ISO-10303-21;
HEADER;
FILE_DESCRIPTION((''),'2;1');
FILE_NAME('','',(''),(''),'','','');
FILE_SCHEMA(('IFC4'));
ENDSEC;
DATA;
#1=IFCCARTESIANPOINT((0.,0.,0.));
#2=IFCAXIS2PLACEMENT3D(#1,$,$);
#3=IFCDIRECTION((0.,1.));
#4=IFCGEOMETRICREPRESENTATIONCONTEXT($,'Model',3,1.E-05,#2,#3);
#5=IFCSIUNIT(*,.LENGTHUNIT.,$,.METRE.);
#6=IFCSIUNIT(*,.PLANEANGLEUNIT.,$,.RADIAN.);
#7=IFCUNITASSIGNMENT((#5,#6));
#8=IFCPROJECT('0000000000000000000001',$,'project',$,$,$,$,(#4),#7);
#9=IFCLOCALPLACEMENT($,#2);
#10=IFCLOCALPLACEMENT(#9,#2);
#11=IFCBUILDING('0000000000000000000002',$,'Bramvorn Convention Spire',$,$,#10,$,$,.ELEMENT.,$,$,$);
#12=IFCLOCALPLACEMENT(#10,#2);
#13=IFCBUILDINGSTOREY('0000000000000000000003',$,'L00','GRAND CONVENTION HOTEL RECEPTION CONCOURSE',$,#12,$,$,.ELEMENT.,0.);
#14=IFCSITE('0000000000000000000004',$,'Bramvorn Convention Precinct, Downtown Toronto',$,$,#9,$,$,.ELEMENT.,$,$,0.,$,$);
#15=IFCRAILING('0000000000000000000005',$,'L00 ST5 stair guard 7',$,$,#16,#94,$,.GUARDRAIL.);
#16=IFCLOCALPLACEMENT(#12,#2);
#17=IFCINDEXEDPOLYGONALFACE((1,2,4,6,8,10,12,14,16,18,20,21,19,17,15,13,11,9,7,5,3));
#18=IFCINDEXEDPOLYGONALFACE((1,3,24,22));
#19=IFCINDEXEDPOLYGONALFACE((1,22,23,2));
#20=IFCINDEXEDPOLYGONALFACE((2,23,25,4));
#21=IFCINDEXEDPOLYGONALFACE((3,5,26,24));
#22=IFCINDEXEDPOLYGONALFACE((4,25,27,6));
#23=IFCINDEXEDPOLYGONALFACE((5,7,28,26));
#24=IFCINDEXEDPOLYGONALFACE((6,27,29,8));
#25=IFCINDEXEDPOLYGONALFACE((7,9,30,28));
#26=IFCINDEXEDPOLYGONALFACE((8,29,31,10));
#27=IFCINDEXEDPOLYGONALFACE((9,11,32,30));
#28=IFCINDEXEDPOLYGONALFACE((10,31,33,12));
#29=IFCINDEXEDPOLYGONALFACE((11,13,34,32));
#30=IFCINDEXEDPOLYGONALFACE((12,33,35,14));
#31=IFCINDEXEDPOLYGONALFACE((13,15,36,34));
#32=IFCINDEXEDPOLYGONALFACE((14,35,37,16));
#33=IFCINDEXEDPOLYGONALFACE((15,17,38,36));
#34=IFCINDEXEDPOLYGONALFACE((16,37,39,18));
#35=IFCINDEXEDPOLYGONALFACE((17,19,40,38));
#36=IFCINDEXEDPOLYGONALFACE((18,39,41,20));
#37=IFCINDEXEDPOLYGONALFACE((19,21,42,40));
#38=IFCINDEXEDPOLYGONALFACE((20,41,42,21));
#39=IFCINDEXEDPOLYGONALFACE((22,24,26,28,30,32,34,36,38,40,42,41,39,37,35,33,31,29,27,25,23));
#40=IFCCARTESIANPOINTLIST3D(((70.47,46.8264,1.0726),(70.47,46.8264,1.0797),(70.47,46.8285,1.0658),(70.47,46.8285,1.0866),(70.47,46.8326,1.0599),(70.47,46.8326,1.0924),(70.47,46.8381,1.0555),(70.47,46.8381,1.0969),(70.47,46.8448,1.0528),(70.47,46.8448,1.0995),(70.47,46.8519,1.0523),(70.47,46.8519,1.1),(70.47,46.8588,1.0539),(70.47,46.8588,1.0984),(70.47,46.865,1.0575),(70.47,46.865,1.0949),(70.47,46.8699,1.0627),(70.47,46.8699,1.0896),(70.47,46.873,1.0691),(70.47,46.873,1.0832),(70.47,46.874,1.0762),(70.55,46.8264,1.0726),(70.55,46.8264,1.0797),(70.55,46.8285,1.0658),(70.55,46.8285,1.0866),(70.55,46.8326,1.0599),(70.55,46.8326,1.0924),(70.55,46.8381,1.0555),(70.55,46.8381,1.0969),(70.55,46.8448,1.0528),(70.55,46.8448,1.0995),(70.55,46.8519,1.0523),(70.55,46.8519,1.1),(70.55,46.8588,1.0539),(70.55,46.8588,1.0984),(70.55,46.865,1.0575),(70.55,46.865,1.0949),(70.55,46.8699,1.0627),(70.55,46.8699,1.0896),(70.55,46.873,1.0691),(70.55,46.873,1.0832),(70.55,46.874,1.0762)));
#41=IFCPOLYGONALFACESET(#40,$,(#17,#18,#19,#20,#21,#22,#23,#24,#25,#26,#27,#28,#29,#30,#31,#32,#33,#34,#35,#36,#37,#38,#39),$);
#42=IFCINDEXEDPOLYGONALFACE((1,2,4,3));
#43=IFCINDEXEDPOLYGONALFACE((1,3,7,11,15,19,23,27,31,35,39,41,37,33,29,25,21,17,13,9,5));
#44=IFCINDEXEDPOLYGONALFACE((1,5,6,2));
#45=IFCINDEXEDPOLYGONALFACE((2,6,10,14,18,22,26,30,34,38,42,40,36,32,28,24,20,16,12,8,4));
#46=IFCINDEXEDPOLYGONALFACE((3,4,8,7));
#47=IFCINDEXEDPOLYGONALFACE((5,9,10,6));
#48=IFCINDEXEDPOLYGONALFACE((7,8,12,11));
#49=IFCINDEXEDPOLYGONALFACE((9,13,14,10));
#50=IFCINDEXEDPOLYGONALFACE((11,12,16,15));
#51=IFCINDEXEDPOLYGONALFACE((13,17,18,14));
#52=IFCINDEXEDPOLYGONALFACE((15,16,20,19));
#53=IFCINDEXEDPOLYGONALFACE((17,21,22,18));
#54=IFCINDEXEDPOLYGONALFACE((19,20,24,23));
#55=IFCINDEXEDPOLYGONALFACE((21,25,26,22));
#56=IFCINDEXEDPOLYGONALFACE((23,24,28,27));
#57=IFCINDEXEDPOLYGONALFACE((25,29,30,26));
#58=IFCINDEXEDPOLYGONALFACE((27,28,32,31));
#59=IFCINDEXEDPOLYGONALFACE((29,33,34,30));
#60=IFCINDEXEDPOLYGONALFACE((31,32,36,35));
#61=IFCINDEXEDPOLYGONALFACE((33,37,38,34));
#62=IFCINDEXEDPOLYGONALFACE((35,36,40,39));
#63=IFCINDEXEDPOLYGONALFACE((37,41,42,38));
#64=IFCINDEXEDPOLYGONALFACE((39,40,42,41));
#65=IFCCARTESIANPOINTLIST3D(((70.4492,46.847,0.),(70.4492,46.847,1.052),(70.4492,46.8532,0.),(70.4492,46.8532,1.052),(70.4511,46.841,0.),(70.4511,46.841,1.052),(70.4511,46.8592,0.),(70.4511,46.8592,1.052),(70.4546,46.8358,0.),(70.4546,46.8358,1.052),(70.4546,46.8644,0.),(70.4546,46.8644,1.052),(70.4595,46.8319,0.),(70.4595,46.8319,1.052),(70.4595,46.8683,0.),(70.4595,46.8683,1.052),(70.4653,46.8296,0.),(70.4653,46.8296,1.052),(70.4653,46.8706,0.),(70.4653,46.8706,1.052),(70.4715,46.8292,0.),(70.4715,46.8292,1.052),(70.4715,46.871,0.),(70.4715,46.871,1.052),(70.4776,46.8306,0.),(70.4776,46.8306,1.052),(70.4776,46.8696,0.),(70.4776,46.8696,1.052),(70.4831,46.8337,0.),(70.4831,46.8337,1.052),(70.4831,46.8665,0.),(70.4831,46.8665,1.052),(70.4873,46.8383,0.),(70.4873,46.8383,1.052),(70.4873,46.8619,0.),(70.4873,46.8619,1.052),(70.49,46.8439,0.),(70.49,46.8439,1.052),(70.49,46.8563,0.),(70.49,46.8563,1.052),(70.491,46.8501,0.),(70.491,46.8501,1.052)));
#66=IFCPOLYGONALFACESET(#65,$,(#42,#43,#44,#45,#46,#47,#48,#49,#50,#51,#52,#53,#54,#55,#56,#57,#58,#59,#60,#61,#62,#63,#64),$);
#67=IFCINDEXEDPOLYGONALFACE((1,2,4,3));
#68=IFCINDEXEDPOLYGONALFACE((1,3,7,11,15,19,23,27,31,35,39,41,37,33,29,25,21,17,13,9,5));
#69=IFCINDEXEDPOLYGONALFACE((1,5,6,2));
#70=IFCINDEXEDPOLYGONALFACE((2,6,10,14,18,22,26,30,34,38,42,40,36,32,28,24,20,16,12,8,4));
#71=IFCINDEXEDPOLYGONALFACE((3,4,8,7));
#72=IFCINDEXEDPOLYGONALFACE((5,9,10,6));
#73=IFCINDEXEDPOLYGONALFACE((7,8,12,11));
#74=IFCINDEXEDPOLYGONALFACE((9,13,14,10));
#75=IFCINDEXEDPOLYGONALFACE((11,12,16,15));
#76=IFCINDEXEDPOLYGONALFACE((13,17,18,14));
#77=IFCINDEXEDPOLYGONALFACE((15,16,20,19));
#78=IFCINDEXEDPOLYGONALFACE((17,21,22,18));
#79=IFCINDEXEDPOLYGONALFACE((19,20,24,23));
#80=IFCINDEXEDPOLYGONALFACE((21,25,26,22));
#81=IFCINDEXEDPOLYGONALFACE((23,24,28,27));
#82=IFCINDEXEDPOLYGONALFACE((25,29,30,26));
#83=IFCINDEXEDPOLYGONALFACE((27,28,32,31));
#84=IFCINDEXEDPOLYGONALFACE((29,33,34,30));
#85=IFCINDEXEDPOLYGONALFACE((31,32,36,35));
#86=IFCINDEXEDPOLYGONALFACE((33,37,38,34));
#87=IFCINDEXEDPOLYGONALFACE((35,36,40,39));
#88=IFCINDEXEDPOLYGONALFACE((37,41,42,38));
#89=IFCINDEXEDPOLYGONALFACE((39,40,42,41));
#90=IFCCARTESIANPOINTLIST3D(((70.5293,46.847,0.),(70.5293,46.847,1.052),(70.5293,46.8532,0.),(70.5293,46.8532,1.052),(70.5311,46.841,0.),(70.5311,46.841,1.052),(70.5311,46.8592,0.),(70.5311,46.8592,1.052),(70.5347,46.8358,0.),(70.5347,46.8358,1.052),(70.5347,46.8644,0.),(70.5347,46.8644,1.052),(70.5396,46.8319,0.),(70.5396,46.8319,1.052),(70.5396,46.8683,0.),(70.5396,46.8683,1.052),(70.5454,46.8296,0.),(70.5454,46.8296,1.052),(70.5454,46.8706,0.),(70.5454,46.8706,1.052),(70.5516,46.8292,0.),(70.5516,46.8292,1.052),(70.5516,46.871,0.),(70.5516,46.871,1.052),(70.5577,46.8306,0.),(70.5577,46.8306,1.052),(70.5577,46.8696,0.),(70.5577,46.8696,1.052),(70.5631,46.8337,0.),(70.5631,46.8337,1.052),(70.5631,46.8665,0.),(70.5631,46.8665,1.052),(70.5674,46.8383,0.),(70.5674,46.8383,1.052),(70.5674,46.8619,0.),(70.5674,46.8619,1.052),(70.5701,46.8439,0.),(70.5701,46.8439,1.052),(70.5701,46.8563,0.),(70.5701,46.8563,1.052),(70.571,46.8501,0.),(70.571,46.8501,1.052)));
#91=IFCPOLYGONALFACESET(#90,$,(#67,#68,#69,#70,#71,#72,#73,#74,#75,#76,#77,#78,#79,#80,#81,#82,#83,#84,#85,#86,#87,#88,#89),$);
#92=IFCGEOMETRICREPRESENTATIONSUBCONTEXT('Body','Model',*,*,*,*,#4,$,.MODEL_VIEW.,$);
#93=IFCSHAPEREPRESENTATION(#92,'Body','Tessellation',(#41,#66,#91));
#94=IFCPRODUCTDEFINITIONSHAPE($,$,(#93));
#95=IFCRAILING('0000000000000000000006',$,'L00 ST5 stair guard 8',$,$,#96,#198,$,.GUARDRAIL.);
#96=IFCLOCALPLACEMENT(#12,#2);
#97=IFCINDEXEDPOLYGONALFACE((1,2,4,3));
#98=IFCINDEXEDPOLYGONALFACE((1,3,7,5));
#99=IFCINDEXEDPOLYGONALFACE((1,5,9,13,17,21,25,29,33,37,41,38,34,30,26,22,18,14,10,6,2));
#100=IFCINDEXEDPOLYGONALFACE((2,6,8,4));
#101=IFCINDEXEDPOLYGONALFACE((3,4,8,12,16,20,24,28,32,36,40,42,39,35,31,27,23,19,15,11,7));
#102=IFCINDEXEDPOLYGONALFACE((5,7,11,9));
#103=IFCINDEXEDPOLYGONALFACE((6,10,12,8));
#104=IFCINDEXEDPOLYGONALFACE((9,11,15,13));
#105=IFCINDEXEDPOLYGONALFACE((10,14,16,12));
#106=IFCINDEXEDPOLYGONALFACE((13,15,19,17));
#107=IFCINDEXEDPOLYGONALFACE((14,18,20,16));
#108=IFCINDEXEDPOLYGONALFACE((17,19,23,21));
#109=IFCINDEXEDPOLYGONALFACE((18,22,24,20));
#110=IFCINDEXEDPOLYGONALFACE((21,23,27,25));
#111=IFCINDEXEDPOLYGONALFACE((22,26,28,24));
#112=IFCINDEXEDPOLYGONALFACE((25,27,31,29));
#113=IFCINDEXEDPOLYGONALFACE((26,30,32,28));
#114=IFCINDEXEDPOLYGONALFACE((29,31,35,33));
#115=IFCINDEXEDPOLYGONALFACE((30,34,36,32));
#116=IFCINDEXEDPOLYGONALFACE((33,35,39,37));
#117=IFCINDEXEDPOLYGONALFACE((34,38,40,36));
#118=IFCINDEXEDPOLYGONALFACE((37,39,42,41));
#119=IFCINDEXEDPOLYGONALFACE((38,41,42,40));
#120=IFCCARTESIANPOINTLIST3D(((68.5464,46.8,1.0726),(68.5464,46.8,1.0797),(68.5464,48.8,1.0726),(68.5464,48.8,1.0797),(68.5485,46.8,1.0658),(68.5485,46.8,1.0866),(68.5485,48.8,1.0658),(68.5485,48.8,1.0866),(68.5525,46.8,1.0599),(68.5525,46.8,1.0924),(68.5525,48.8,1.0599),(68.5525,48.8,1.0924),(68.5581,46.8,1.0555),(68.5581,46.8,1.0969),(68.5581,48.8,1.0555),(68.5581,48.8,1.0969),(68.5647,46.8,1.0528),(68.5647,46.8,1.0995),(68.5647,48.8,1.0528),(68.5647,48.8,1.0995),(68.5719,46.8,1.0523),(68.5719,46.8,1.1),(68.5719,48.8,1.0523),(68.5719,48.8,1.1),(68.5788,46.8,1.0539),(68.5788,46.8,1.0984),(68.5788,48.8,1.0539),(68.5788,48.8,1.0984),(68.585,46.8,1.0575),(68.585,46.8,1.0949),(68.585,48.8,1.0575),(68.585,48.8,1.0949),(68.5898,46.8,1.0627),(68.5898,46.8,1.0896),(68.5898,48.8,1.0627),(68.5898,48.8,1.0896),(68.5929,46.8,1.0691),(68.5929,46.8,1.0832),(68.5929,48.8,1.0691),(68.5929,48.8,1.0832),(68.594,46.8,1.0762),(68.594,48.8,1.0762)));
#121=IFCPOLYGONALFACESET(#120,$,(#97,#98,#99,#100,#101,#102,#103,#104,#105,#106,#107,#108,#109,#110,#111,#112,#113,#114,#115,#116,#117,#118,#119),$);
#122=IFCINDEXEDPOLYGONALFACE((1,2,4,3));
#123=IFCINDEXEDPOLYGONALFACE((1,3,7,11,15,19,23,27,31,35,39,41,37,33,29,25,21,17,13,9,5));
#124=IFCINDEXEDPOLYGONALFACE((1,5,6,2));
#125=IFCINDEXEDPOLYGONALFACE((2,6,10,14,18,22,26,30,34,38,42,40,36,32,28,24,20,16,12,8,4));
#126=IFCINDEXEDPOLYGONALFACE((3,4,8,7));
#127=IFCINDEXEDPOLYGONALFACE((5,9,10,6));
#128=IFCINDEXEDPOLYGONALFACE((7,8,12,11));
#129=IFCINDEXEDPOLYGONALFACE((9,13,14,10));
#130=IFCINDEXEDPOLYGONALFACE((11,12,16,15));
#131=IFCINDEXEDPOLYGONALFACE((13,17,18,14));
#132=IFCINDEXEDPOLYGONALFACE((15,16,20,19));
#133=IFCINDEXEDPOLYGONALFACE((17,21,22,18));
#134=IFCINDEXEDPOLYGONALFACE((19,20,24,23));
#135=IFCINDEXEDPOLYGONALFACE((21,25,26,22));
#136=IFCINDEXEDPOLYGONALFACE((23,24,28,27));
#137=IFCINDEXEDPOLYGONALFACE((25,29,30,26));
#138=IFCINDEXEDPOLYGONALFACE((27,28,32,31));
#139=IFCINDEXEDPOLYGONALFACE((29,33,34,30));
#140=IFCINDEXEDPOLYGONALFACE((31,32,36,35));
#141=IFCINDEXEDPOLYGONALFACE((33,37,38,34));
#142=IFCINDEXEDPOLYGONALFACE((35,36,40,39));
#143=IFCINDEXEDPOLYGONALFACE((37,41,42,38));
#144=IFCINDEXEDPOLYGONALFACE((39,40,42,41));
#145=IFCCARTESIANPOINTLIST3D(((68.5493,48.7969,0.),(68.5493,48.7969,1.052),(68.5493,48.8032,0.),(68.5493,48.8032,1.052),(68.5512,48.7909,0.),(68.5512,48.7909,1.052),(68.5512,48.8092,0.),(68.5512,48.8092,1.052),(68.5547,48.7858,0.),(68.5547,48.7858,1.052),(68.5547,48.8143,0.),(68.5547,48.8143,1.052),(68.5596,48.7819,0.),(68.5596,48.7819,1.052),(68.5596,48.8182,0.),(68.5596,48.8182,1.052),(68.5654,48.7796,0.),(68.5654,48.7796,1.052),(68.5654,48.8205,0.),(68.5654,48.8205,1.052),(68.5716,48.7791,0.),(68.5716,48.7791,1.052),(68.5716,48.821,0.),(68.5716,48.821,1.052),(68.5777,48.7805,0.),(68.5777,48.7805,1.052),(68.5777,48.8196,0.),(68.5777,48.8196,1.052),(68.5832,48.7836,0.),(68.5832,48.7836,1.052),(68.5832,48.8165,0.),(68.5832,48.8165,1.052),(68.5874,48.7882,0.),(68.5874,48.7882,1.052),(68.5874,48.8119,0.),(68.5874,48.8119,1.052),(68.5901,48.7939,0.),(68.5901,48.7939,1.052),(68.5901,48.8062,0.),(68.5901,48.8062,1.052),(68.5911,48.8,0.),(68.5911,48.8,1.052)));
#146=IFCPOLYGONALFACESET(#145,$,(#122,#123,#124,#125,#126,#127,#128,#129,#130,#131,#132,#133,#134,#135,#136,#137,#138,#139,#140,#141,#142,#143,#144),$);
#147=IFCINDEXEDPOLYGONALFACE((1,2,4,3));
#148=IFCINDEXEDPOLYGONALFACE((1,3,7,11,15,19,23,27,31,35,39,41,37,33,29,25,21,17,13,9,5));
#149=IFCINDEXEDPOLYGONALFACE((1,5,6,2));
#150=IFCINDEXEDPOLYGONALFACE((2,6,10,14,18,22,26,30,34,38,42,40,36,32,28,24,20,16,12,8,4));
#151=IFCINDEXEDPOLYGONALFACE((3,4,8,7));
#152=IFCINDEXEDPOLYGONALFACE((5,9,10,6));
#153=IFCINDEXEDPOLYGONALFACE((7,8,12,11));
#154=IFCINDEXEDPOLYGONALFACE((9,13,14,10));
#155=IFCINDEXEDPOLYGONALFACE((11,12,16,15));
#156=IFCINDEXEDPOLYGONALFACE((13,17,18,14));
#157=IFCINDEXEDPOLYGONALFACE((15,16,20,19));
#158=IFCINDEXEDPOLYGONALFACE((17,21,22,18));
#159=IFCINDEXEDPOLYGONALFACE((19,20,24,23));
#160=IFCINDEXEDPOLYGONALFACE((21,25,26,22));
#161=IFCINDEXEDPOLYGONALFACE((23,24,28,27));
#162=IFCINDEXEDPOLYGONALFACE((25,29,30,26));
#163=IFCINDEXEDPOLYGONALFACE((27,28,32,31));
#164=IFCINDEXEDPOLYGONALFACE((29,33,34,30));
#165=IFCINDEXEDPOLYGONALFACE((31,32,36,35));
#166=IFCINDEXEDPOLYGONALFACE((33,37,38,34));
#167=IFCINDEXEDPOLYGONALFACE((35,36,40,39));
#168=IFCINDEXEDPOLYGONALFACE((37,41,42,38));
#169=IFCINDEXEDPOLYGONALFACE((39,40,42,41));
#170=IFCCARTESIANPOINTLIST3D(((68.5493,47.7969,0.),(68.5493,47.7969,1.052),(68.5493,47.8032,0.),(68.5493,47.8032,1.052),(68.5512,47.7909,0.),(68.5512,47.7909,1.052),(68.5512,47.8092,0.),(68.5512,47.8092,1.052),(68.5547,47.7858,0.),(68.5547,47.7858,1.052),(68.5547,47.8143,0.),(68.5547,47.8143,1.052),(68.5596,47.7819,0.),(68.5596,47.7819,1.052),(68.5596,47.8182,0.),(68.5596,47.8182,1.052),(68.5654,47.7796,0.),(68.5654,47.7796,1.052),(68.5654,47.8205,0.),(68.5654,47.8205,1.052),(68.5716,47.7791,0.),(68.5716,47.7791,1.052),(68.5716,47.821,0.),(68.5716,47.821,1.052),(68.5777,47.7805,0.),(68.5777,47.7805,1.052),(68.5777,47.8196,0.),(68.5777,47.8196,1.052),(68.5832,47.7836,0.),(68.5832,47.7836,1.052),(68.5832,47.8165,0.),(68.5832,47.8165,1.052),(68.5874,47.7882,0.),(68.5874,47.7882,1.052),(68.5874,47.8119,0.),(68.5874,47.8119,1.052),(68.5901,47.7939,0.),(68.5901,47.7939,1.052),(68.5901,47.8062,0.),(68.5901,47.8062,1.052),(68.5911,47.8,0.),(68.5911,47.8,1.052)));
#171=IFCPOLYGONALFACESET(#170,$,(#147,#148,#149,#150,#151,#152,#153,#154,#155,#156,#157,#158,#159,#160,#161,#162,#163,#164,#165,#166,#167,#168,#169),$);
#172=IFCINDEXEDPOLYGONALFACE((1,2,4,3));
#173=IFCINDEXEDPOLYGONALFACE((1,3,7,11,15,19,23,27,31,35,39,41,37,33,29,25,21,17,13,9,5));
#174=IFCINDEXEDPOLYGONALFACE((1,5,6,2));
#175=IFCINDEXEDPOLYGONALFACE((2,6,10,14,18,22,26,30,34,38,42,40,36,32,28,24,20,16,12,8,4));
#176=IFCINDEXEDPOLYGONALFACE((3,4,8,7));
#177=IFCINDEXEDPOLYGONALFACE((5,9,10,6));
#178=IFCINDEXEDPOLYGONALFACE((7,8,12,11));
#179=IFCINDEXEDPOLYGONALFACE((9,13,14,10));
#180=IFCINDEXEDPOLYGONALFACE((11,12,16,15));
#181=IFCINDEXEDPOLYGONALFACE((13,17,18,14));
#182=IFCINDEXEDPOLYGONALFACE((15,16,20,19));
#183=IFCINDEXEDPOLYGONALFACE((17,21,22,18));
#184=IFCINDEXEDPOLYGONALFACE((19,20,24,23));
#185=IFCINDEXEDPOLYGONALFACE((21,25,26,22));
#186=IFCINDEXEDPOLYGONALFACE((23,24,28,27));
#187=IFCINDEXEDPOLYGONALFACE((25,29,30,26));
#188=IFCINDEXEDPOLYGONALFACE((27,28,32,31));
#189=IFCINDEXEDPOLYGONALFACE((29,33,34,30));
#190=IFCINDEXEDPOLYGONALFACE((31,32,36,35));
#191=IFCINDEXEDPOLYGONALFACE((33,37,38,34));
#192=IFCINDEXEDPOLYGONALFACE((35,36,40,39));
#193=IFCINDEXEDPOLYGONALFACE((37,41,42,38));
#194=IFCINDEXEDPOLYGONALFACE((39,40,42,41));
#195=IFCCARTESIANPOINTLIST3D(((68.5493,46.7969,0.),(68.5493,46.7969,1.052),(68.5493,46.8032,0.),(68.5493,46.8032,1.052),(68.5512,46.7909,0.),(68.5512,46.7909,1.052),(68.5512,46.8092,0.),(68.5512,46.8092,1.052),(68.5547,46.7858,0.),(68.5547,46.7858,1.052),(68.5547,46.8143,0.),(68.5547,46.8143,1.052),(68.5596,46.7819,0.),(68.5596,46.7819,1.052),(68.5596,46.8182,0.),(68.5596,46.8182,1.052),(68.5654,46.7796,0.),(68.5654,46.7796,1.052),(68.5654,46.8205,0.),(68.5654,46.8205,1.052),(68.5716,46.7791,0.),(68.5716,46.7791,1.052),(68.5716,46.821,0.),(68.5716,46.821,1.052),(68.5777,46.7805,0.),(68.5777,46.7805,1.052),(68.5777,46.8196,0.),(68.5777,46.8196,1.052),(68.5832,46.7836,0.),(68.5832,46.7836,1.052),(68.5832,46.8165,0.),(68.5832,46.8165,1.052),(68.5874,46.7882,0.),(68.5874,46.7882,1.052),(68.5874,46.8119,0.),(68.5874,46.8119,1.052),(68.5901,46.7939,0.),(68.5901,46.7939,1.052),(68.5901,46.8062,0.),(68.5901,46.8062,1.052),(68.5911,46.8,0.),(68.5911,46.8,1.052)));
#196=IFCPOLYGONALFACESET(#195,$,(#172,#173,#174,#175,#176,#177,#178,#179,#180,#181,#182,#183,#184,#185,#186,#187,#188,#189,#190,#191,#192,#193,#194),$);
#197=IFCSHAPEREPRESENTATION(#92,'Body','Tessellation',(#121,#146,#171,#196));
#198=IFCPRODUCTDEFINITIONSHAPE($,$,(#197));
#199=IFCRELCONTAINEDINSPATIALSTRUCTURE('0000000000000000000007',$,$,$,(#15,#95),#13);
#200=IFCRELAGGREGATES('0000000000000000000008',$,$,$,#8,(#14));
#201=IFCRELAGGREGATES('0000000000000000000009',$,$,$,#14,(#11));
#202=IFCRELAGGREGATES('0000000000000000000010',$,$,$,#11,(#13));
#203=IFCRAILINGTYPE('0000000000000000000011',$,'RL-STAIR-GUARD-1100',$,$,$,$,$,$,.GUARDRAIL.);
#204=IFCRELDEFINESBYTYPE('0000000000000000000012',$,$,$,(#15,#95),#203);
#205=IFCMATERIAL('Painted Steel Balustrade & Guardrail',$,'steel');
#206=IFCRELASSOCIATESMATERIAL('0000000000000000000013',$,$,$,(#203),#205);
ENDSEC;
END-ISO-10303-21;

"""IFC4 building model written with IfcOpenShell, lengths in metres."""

from ifc_helpers import new_model, si_unit, direction, frame, origin, origin_2d, place, context, subcontext, project, spatial, circle, extrude, material, type_object, element, save


model = new_model("IFC4")

# Units and contexts
model_context = context("Model", 3, precision=1e-05, world=origin(), true_north=direction((0.0, 1.0)))
body_context = subcontext(model_context, "Body", "Model", "MODEL_VIEW")
ifc_project = project(units=[si_unit("LENGTHUNIT", "METRE"), si_unit("PLANEANGLEUNIT", "RADIAN")], contexts=[model_context])

# Site, building, storey
site_placement = place(None, origin())
site = spatial("IfcSite", under=ifc_project, at=site_placement, Name="Bramvorn Convention Precinct, Downtown Toronto", CompositionType="ELEMENT", RefElevation=0.0)
building_placement = place(site_placement, origin())
building = spatial("IfcBuilding", under=site, at=building_placement, Name="Bramvorn Convention Spire", CompositionType="ELEMENT")
storey_placement = place(building_placement, origin())
storey = spatial("IfcBuildingStorey", under=building, at=storey_placement, Name="L00", Description="GRAND CONVENTION HOTEL RECEPTION CONCOURSE", CompositionType="ELEMENT", Elevation=0.0)

# Railings
ifc_material_1 = material(Name="Painted Steel Balustrade & Guardrail", Category="steel")
railing_type_1 = type_object("IfcRailingType", Name="RL-STAIR-GUARD-1100", PredefinedType="GUARDRAIL", material=ifc_material_1)
railing_1_placement = place(storey_placement, frame((70.47, 46.8501, 0.0)))
element("IfcRailing", 1, at=railing_1_placement, inside=storey, type_object=railing_type_1, Name="L00 ST5 stair guard 7", PredefinedType="GUARDRAIL", context=body_context, shape_type="SweptSolid", body=[
    extrude(circle(Radius=0.0239, at=origin_2d()), frame((0.0, 0.0, 1.0762), z_axis=(1.0, 0.0, 0.0), x_axis=(0.0, 1.0, 0.0)), (0.0, 0.0, 1.0), 0.0801),
    extrude(circle(Radius=0.021, at=origin_2d()), origin(), (0.0, 0.0, 1.0), 1.052),
    extrude(circle(Radius=0.021, at=origin_2d()), frame((0.0801, 0.0, 0.0)), (0.0, 0.0, 1.0), 1.052),
])
for number, where, name in (
    (2, (68.5701, 48.8, 0.0), "L00 ST5 stair guard 8"),
):
    element("IfcRailing", number, at=place(storey_placement, frame(where)), inside=storey, type_object=railing_type_1, Name=name, PredefinedType="GUARDRAIL", context=body_context, shape_type="SweptSolid", body=[
        extrude(circle(Radius=0.0239, at=origin_2d()), frame((0.0, 0.0, 1.0762), z_axis=(0.0, -1.0, 0.0), x_axis=(1.0, 0.0, 0.0)), (0.0, 0.0, 1.0), 2.0),
        extrude(circle(Radius=0.021, at=origin_2d()), origin(), (0.0, 0.0, 1.0), 1.052),
        extrude(circle(Radius=0.021, at=origin_2d()), frame((0.0, -1.0, 0.0)), (0.0, 0.0, 1.0), 1.052),
        extrude(circle(Radius=0.021, at=origin_2d()), frame((0.0, -2.0, 0.0)), (0.0, 0.0, 1.0), 1.052),
    ])

save(model, "model.ifc")
